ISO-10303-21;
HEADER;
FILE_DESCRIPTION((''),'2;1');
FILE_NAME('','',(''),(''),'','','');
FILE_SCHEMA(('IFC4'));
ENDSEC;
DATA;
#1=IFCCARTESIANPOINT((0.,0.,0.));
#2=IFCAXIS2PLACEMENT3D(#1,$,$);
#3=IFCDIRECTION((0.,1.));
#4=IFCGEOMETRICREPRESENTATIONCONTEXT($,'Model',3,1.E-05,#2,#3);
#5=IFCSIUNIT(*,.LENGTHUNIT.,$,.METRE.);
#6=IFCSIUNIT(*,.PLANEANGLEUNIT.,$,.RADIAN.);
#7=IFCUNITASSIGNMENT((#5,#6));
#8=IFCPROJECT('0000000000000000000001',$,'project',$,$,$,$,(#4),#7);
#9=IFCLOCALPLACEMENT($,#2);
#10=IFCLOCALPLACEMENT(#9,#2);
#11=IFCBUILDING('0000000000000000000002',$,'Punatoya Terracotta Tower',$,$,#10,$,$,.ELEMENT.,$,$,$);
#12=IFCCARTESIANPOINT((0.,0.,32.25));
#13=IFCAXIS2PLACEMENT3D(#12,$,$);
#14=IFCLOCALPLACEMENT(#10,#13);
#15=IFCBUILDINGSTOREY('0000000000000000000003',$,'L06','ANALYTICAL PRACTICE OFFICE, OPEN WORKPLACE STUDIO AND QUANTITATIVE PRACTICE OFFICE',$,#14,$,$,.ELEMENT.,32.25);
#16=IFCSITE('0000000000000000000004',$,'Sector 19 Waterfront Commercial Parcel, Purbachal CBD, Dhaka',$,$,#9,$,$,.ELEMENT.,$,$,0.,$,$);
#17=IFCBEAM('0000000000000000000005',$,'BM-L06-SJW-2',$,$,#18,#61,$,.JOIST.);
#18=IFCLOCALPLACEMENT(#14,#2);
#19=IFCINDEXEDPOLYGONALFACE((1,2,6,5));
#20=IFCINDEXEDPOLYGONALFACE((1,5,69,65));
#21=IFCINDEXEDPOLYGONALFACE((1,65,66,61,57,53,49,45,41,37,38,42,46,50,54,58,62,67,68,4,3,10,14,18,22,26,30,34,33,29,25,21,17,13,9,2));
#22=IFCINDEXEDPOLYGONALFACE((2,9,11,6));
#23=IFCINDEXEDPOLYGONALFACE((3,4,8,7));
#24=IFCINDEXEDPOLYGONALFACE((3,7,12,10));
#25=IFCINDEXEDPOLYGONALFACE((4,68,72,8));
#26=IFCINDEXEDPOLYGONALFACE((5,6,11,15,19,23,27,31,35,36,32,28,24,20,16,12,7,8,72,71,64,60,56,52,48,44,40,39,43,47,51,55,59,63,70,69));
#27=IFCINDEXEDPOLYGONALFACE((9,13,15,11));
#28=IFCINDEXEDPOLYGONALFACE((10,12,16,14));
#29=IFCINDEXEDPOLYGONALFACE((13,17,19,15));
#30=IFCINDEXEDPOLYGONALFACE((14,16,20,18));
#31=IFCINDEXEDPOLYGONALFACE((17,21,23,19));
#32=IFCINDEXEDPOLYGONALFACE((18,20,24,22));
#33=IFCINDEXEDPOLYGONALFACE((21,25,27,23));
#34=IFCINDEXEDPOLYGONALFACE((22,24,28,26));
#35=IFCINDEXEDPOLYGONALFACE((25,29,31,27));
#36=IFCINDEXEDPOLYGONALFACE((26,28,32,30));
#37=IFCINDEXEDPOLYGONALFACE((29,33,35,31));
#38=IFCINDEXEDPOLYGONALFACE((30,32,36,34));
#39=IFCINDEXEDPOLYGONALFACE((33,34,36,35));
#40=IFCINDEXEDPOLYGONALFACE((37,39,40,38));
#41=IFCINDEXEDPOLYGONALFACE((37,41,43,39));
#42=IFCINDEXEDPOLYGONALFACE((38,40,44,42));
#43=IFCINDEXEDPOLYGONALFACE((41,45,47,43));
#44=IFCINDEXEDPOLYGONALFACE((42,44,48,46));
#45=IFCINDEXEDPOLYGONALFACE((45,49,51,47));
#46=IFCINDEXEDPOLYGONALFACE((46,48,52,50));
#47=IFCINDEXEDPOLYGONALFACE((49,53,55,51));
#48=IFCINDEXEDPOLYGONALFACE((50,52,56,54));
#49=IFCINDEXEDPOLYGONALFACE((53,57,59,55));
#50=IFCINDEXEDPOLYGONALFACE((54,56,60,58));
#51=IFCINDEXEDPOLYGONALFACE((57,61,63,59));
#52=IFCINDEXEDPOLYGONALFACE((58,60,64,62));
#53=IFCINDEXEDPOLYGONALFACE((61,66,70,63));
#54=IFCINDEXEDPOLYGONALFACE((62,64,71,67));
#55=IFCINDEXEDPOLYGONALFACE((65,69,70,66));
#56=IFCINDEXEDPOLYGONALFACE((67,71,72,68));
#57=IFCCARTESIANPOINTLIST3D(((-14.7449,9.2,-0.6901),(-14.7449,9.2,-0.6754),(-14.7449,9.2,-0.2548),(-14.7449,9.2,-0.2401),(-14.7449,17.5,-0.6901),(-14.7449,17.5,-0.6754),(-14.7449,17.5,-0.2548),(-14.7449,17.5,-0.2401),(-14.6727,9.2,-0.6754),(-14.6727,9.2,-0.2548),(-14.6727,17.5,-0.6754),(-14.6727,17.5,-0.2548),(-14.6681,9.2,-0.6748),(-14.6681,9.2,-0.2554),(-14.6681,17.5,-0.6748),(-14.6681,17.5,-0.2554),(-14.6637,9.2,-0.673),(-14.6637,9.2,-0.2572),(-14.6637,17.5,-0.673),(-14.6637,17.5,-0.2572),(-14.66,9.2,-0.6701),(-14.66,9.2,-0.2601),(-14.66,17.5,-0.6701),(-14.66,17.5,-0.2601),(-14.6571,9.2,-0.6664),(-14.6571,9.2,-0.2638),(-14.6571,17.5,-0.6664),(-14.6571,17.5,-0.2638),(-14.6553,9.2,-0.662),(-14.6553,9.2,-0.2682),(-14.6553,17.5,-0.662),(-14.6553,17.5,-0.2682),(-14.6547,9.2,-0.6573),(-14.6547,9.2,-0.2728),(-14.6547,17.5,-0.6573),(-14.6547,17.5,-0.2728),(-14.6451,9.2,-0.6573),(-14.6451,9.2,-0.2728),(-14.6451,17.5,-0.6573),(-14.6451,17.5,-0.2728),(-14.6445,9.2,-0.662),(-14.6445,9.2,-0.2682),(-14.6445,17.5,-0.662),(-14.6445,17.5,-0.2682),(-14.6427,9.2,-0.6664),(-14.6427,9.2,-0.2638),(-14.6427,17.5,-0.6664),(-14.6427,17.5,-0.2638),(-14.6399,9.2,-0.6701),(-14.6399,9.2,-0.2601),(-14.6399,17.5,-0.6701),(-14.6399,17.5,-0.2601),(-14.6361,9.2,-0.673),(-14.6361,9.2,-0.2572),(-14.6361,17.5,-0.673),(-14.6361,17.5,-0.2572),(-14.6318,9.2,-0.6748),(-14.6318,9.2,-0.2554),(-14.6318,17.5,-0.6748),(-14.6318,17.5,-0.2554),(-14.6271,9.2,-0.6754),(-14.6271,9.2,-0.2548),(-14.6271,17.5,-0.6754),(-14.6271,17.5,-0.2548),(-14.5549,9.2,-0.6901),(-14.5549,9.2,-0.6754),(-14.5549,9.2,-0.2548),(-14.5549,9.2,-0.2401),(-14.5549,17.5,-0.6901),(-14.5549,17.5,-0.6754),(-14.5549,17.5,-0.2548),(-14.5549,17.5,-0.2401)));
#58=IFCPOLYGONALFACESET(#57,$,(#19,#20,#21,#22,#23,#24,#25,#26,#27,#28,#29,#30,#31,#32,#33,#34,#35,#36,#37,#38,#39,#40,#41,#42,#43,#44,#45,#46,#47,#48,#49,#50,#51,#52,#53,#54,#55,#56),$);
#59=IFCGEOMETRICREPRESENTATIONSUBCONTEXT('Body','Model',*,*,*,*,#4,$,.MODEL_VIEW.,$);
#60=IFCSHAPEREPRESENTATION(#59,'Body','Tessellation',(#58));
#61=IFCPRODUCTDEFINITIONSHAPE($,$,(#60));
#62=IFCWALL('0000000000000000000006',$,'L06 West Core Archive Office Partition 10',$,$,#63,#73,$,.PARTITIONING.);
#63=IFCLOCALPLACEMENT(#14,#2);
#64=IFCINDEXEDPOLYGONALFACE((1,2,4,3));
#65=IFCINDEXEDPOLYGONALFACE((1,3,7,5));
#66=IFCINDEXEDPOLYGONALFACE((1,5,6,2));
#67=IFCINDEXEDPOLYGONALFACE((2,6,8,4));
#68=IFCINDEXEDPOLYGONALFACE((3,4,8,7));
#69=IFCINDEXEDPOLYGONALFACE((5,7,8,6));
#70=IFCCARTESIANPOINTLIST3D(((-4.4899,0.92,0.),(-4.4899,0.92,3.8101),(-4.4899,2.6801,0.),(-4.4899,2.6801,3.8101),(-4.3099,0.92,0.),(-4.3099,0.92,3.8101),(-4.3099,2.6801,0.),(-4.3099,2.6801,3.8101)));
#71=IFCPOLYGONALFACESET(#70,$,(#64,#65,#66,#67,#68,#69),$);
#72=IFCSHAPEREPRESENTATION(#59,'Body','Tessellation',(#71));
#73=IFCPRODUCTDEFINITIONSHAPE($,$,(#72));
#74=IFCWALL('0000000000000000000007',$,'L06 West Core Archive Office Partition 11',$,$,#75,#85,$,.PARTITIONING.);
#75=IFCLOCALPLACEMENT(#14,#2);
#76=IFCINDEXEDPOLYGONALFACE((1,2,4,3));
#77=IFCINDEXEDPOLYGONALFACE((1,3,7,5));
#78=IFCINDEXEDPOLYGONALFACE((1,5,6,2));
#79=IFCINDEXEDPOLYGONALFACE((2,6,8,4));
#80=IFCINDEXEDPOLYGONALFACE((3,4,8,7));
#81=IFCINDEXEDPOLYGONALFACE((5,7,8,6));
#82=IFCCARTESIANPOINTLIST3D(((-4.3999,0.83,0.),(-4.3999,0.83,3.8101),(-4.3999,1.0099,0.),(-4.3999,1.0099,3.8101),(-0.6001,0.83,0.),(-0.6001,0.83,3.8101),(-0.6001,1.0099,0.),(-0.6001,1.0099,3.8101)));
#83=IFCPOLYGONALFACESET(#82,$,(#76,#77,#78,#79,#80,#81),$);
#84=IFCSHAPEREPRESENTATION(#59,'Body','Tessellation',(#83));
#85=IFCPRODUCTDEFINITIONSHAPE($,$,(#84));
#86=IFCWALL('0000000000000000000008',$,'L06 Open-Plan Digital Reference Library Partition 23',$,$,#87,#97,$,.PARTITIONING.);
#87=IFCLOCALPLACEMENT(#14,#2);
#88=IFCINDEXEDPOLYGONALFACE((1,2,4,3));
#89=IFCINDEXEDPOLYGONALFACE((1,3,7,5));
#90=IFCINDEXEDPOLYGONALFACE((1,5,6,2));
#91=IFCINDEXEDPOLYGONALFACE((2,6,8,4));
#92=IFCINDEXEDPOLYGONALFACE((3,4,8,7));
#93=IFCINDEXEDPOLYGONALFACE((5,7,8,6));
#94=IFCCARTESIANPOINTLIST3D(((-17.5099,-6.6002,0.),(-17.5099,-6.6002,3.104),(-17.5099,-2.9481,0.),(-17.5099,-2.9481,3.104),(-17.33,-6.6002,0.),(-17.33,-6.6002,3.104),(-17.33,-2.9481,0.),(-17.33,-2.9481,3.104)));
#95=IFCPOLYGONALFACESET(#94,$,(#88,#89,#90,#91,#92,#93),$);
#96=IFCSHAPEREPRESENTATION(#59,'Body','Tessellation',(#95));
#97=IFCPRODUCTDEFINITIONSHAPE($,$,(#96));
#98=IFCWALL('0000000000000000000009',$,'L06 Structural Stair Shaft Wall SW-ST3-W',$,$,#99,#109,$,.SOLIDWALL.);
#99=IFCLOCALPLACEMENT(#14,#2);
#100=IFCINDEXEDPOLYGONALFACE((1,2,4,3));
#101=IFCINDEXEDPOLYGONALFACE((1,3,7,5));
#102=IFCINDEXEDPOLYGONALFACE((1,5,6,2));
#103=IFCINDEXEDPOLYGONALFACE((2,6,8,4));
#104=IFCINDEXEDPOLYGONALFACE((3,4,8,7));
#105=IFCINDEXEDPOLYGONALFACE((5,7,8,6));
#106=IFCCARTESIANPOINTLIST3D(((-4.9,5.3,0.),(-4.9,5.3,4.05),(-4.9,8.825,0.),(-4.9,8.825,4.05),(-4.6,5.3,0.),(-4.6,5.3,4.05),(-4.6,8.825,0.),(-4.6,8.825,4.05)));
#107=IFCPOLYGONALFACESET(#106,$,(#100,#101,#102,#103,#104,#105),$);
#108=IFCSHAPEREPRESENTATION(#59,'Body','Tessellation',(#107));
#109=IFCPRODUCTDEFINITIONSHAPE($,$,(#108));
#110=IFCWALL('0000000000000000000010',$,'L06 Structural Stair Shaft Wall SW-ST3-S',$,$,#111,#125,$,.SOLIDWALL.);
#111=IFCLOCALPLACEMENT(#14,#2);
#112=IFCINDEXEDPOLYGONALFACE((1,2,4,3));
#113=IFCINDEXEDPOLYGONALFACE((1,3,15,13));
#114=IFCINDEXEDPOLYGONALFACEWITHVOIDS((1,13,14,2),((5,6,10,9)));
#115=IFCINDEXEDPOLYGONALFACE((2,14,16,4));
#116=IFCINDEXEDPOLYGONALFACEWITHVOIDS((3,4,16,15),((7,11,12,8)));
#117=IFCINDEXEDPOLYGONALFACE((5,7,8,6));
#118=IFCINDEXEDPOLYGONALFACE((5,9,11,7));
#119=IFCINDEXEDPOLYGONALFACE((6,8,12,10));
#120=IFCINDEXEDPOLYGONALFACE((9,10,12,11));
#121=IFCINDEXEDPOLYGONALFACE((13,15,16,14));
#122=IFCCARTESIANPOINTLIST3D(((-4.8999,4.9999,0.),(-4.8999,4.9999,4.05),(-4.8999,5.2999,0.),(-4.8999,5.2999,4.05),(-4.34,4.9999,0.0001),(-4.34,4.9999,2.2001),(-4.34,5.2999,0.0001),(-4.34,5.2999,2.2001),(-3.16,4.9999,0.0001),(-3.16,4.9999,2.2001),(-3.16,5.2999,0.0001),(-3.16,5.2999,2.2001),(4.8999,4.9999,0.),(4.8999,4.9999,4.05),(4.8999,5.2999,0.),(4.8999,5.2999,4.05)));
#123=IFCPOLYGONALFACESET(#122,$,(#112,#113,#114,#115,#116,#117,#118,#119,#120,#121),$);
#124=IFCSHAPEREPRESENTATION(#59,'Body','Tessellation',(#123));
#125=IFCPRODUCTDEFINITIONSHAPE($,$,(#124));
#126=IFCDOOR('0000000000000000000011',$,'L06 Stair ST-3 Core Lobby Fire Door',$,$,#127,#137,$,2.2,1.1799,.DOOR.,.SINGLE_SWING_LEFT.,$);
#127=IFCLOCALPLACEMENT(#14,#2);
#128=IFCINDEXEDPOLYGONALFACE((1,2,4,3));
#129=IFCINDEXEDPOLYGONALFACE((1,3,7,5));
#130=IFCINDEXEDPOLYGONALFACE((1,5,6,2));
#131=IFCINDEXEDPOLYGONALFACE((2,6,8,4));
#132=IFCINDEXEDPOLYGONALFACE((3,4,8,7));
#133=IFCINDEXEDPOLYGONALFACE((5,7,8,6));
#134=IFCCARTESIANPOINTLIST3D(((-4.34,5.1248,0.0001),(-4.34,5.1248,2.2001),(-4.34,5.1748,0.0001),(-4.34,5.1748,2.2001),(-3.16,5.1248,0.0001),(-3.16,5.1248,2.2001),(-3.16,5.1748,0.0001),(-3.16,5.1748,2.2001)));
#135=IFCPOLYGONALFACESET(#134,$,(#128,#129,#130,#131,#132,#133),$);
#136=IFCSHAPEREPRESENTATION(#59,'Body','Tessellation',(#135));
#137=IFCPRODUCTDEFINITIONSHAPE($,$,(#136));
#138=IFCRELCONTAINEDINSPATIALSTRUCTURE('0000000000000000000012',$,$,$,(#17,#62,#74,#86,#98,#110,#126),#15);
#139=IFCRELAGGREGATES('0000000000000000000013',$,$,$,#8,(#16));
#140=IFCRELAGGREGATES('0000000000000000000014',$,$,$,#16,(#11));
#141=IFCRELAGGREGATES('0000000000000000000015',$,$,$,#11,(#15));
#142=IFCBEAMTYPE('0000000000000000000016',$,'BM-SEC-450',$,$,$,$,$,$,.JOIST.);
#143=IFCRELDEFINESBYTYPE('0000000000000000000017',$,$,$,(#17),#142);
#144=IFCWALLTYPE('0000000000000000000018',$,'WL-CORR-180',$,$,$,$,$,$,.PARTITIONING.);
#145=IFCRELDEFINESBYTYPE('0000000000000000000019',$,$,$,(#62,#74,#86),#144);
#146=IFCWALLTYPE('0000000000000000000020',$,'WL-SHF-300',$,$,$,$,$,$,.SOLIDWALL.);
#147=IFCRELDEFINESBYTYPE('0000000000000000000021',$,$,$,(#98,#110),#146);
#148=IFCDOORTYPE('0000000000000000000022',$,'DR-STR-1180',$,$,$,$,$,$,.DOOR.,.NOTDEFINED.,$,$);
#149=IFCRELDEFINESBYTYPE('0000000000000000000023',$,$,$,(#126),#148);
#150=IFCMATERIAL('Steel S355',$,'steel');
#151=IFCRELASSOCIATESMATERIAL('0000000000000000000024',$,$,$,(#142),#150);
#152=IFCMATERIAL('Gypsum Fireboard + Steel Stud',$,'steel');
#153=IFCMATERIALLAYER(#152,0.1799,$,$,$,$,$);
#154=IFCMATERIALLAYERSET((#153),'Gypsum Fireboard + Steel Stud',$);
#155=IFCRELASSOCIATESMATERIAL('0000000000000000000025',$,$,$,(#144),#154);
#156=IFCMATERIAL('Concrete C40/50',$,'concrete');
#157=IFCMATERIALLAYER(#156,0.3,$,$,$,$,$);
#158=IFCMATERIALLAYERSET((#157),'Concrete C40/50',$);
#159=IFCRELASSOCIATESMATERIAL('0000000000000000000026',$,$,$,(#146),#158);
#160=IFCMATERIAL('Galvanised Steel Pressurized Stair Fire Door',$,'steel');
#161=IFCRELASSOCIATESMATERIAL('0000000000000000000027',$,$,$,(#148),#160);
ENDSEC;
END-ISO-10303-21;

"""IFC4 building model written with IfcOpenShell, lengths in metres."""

from ifc_helpers import new_model, si_unit, direction, frame, frame_2d, origin, origin_2d, place, context, subcontext, project, spatial, rectangle, i_section, extrude, material, layer, layer_set, material_profile, profile_set, type_object, element, fill, save


model = new_model("IFC4")

# Units and contexts
model_context = context("Model", 3, precision=1e-05, world=origin(), true_north=direction((0.0, 1.0)))
body_context = subcontext(model_context, "Body", "Model", "MODEL_VIEW")
ifc_project = project(units=[si_unit("LENGTHUNIT", "METRE"), si_unit("PLANEANGLEUNIT", "RADIAN")], contexts=[model_context])

# Site, building, storey
site_placement = place(None, origin())
site = spatial("IfcSite", under=ifc_project, at=site_placement, Name="Sector 19 Waterfront Commercial Parcel, Purbachal CBD, Dhaka", CompositionType="ELEMENT", RefElevation=0.0)
building_placement = place(site_placement, origin())
building = spatial("IfcBuilding", under=site, at=building_placement, Name="Punatoya Terracotta Tower", CompositionType="ELEMENT")
storey_placement = place(building_placement, frame((0.0, 0.0, 32.25)))
storey = spatial("IfcBuildingStorey", under=building, at=storey_placement, Name="L06", Description="ANALYTICAL PRACTICE OFFICE, OPEN WORKPLACE STUDIO AND QUANTITATIVE PRACTICE OFFICE", CompositionType="ELEMENT", Elevation=32.25)

# Beam
ifc_material_1 = material(Name="Steel S355", Category="steel")
ifc_material_profile_1 = material_profile(ifc_material_1, i_section(OverallWidth=0.1899, OverallDepth=0.45, WebThickness=0.0095, FlangeThickness=0.0146, FilletRadius=0.0181, at=origin_2d()))
ifc_profile_set_1 = profile_set([ifc_material_profile_1], Name="Steel S355")
beam_type_1 = type_object("IfcBeamType", Name="BM-SEC-450", PredefinedType="JOIST", material=ifc_profile_set_1)
beam_1_placement = place(storey_placement, frame((-14.6499, 9.2, -0.4651), z_axis=(0.0, 1.0, 0.0), x_axis=(-1.0, 0.0, 0.0)))
element("IfcBeam", 1, at=beam_1_placement, inside=storey, type_object=beam_type_1, Name="BM-L06-SJW-2", PredefinedType="JOIST", context=body_context, shape_type="SweptSolid", body=[
    extrude(i_section(OverallWidth=0.1899, OverallDepth=0.45, WebThickness=0.0095, FlangeThickness=0.0146, FilletRadius=0.0181, at=origin_2d()), origin(), (0.0, 0.0, 1.0), 8.3),
])

# Walls
ifc_material_2 = material(Name="Gypsum Fireboard + Steel Stud", Category="steel")
ifc_layer_1 = layer(ifc_material_2, 0.1799)
ifc_layer_set_1 = layer_set([ifc_layer_1], Name="Gypsum Fireboard + Steel Stud")
wall_type_1 = type_object("IfcWallType", Name="WL-CORR-180", PredefinedType="PARTITIONING", material=ifc_layer_set_1)
wall_1_placement = place(storey_placement, frame((-4.3999, 2.6799, 0.0), z_axis=(0.0, 0.0, 1.0), x_axis=(0.0, -1.0, 0.0)))
element("IfcWall", 2, at=wall_1_placement, inside=storey, type_object=wall_type_1, Name="L06 West Core Archive Office Partition 10", PredefinedType="PARTITIONING", context=body_context, shape_type="SweptSolid", body=[
    extrude(rectangle(XDim=1.76, YDim=0.1799, at=frame_2d((0.8799, 0.0))), origin(), (0.0, 0.0, 1.0), 3.8101),
])
wall_2_placement = place(storey_placement, frame((-4.3999, 0.9199, 0.0), z_axis=(0.0, 0.0, 1.0), x_axis=(1.0, 0.0, 0.0)))
element("IfcWall", 3, at=wall_2_placement, inside=storey, type_object=wall_type_1, Name="L06 West Core Archive Office Partition 11", PredefinedType="PARTITIONING", context=body_context, shape_type="SweptSolid", body=[
    extrude(rectangle(XDim=3.7998, YDim=0.1799, at=frame_2d((1.8999, 0.0))), origin(), (0.0, 0.0, 1.0), 3.8101),
])
wall_3_placement = place(storey_placement, frame((-17.4199, -2.948, 0.0), z_axis=(0.0, 0.0, 1.0), x_axis=(0.0, -1.0, 0.0)))
element("IfcWall", 4, at=wall_3_placement, inside=storey, type_object=wall_type_1, Name="L06 Open-Plan Digital Reference Library Partition 23", PredefinedType="PARTITIONING", context=body_context, shape_type="SweptSolid", body=[
    extrude(rectangle(XDim=3.6521, YDim=0.1799, at=frame_2d((1.8262, 0.0))), origin(), (0.0, 0.0, 1.0), 3.104),
])
ifc_material_3 = material(Name="Concrete C40/50", Category="concrete")
ifc_layer_2 = layer(ifc_material_3, 0.3)
ifc_layer_set_2 = layer_set([ifc_layer_2], Name="Concrete C40/50")
wall_type_2 = type_object("IfcWallType", Name="WL-SHF-300", PredefinedType="SOLIDWALL", material=ifc_layer_set_2)
wall_4_placement = place(storey_placement, frame((-4.75, 5.3, 0.0), z_axis=(0.0, 0.0, 1.0), x_axis=(0.0, 1.0, 0.0)))
element("IfcWall", 5, at=wall_4_placement, inside=storey, type_object=wall_type_2, Name="L06 Structural Stair Shaft Wall SW-ST3-W", PredefinedType="SOLIDWALL", context=body_context, shape_type="SweptSolid", body=[
    extrude(rectangle(XDim=3.5249, YDim=0.3, at=frame_2d((1.7625, 0.0))), origin(), (0.0, 0.0, 1.0), 4.05),
])

# Wall, opening, door
wall_5_placement = place(storey_placement, frame((-4.8999, 5.1499, 0.0), z_axis=(0.0, 0.0, 1.0), x_axis=(1.0, 0.0, 0.0)))
wall_5 = element("IfcWall", 6, at=wall_5_placement, inside=storey, type_object=wall_type_2, Name="L06 Structural Stair Shaft Wall SW-ST3-S", PredefinedType="SOLIDWALL", context=body_context, shape_type="SweptSolid", body=[
    extrude(rectangle(XDim=9.7998, YDim=0.3, at=frame_2d((4.8999, 0.0))), origin(), (0.0, 0.0, 1.0), 4.05),
])
opening_1_placement = place(wall_5_placement, frame((0.5601, 0.0, 0.0)))
opening_1 = element("IfcOpeningElement", 7, at=opening_1_placement, cuts=wall_5, PredefinedType="OPENING", context=body_context, shape_type="SweptSolid", body=[
    extrude(rectangle(XDim=1.1799, YDim=2.2, at=frame_2d((0.5898, 1.1001))), frame((0.0, 0.1599, 0.0), z_axis=(0.0, -1.0, 0.0), x_axis=(1.0, 0.0, 0.0)), (0.0, 0.0, 1.0), 0.3201),
])
ifc_material_4 = material(Name="Galvanised Steel Pressurized Stair Fire Door", Category="steel")
door_type_1 = type_object("IfcDoorType", Name="DR-STR-1180", OperationType="NOTDEFINED", PredefinedType="DOOR", material=ifc_material_4)
door_1_placement = place(opening_1_placement, origin())
door_1 = element("IfcDoor", 8, at=door_1_placement, inside=storey, type_object=door_type_1, Name="L06 Stair ST-3 Core Lobby Fire Door", OperationType="SINGLE_SWING_LEFT", OverallHeight=2.2, OverallWidth=1.1799, PredefinedType="DOOR", context=body_context, shape_type="SweptSolid", body=[
    extrude(rectangle(XDim=1.1799, YDim=2.2, at=frame_2d((0.5898, 1.1001))), frame((0.0, 0.0249, 0.0), z_axis=(0.0, -1.0, 0.0), x_axis=(1.0, 0.0, 0.0)), (0.0, 0.0, 1.0), 0.05),
])
fill(opening_1, door_1)

save(model, "model.ifc")
